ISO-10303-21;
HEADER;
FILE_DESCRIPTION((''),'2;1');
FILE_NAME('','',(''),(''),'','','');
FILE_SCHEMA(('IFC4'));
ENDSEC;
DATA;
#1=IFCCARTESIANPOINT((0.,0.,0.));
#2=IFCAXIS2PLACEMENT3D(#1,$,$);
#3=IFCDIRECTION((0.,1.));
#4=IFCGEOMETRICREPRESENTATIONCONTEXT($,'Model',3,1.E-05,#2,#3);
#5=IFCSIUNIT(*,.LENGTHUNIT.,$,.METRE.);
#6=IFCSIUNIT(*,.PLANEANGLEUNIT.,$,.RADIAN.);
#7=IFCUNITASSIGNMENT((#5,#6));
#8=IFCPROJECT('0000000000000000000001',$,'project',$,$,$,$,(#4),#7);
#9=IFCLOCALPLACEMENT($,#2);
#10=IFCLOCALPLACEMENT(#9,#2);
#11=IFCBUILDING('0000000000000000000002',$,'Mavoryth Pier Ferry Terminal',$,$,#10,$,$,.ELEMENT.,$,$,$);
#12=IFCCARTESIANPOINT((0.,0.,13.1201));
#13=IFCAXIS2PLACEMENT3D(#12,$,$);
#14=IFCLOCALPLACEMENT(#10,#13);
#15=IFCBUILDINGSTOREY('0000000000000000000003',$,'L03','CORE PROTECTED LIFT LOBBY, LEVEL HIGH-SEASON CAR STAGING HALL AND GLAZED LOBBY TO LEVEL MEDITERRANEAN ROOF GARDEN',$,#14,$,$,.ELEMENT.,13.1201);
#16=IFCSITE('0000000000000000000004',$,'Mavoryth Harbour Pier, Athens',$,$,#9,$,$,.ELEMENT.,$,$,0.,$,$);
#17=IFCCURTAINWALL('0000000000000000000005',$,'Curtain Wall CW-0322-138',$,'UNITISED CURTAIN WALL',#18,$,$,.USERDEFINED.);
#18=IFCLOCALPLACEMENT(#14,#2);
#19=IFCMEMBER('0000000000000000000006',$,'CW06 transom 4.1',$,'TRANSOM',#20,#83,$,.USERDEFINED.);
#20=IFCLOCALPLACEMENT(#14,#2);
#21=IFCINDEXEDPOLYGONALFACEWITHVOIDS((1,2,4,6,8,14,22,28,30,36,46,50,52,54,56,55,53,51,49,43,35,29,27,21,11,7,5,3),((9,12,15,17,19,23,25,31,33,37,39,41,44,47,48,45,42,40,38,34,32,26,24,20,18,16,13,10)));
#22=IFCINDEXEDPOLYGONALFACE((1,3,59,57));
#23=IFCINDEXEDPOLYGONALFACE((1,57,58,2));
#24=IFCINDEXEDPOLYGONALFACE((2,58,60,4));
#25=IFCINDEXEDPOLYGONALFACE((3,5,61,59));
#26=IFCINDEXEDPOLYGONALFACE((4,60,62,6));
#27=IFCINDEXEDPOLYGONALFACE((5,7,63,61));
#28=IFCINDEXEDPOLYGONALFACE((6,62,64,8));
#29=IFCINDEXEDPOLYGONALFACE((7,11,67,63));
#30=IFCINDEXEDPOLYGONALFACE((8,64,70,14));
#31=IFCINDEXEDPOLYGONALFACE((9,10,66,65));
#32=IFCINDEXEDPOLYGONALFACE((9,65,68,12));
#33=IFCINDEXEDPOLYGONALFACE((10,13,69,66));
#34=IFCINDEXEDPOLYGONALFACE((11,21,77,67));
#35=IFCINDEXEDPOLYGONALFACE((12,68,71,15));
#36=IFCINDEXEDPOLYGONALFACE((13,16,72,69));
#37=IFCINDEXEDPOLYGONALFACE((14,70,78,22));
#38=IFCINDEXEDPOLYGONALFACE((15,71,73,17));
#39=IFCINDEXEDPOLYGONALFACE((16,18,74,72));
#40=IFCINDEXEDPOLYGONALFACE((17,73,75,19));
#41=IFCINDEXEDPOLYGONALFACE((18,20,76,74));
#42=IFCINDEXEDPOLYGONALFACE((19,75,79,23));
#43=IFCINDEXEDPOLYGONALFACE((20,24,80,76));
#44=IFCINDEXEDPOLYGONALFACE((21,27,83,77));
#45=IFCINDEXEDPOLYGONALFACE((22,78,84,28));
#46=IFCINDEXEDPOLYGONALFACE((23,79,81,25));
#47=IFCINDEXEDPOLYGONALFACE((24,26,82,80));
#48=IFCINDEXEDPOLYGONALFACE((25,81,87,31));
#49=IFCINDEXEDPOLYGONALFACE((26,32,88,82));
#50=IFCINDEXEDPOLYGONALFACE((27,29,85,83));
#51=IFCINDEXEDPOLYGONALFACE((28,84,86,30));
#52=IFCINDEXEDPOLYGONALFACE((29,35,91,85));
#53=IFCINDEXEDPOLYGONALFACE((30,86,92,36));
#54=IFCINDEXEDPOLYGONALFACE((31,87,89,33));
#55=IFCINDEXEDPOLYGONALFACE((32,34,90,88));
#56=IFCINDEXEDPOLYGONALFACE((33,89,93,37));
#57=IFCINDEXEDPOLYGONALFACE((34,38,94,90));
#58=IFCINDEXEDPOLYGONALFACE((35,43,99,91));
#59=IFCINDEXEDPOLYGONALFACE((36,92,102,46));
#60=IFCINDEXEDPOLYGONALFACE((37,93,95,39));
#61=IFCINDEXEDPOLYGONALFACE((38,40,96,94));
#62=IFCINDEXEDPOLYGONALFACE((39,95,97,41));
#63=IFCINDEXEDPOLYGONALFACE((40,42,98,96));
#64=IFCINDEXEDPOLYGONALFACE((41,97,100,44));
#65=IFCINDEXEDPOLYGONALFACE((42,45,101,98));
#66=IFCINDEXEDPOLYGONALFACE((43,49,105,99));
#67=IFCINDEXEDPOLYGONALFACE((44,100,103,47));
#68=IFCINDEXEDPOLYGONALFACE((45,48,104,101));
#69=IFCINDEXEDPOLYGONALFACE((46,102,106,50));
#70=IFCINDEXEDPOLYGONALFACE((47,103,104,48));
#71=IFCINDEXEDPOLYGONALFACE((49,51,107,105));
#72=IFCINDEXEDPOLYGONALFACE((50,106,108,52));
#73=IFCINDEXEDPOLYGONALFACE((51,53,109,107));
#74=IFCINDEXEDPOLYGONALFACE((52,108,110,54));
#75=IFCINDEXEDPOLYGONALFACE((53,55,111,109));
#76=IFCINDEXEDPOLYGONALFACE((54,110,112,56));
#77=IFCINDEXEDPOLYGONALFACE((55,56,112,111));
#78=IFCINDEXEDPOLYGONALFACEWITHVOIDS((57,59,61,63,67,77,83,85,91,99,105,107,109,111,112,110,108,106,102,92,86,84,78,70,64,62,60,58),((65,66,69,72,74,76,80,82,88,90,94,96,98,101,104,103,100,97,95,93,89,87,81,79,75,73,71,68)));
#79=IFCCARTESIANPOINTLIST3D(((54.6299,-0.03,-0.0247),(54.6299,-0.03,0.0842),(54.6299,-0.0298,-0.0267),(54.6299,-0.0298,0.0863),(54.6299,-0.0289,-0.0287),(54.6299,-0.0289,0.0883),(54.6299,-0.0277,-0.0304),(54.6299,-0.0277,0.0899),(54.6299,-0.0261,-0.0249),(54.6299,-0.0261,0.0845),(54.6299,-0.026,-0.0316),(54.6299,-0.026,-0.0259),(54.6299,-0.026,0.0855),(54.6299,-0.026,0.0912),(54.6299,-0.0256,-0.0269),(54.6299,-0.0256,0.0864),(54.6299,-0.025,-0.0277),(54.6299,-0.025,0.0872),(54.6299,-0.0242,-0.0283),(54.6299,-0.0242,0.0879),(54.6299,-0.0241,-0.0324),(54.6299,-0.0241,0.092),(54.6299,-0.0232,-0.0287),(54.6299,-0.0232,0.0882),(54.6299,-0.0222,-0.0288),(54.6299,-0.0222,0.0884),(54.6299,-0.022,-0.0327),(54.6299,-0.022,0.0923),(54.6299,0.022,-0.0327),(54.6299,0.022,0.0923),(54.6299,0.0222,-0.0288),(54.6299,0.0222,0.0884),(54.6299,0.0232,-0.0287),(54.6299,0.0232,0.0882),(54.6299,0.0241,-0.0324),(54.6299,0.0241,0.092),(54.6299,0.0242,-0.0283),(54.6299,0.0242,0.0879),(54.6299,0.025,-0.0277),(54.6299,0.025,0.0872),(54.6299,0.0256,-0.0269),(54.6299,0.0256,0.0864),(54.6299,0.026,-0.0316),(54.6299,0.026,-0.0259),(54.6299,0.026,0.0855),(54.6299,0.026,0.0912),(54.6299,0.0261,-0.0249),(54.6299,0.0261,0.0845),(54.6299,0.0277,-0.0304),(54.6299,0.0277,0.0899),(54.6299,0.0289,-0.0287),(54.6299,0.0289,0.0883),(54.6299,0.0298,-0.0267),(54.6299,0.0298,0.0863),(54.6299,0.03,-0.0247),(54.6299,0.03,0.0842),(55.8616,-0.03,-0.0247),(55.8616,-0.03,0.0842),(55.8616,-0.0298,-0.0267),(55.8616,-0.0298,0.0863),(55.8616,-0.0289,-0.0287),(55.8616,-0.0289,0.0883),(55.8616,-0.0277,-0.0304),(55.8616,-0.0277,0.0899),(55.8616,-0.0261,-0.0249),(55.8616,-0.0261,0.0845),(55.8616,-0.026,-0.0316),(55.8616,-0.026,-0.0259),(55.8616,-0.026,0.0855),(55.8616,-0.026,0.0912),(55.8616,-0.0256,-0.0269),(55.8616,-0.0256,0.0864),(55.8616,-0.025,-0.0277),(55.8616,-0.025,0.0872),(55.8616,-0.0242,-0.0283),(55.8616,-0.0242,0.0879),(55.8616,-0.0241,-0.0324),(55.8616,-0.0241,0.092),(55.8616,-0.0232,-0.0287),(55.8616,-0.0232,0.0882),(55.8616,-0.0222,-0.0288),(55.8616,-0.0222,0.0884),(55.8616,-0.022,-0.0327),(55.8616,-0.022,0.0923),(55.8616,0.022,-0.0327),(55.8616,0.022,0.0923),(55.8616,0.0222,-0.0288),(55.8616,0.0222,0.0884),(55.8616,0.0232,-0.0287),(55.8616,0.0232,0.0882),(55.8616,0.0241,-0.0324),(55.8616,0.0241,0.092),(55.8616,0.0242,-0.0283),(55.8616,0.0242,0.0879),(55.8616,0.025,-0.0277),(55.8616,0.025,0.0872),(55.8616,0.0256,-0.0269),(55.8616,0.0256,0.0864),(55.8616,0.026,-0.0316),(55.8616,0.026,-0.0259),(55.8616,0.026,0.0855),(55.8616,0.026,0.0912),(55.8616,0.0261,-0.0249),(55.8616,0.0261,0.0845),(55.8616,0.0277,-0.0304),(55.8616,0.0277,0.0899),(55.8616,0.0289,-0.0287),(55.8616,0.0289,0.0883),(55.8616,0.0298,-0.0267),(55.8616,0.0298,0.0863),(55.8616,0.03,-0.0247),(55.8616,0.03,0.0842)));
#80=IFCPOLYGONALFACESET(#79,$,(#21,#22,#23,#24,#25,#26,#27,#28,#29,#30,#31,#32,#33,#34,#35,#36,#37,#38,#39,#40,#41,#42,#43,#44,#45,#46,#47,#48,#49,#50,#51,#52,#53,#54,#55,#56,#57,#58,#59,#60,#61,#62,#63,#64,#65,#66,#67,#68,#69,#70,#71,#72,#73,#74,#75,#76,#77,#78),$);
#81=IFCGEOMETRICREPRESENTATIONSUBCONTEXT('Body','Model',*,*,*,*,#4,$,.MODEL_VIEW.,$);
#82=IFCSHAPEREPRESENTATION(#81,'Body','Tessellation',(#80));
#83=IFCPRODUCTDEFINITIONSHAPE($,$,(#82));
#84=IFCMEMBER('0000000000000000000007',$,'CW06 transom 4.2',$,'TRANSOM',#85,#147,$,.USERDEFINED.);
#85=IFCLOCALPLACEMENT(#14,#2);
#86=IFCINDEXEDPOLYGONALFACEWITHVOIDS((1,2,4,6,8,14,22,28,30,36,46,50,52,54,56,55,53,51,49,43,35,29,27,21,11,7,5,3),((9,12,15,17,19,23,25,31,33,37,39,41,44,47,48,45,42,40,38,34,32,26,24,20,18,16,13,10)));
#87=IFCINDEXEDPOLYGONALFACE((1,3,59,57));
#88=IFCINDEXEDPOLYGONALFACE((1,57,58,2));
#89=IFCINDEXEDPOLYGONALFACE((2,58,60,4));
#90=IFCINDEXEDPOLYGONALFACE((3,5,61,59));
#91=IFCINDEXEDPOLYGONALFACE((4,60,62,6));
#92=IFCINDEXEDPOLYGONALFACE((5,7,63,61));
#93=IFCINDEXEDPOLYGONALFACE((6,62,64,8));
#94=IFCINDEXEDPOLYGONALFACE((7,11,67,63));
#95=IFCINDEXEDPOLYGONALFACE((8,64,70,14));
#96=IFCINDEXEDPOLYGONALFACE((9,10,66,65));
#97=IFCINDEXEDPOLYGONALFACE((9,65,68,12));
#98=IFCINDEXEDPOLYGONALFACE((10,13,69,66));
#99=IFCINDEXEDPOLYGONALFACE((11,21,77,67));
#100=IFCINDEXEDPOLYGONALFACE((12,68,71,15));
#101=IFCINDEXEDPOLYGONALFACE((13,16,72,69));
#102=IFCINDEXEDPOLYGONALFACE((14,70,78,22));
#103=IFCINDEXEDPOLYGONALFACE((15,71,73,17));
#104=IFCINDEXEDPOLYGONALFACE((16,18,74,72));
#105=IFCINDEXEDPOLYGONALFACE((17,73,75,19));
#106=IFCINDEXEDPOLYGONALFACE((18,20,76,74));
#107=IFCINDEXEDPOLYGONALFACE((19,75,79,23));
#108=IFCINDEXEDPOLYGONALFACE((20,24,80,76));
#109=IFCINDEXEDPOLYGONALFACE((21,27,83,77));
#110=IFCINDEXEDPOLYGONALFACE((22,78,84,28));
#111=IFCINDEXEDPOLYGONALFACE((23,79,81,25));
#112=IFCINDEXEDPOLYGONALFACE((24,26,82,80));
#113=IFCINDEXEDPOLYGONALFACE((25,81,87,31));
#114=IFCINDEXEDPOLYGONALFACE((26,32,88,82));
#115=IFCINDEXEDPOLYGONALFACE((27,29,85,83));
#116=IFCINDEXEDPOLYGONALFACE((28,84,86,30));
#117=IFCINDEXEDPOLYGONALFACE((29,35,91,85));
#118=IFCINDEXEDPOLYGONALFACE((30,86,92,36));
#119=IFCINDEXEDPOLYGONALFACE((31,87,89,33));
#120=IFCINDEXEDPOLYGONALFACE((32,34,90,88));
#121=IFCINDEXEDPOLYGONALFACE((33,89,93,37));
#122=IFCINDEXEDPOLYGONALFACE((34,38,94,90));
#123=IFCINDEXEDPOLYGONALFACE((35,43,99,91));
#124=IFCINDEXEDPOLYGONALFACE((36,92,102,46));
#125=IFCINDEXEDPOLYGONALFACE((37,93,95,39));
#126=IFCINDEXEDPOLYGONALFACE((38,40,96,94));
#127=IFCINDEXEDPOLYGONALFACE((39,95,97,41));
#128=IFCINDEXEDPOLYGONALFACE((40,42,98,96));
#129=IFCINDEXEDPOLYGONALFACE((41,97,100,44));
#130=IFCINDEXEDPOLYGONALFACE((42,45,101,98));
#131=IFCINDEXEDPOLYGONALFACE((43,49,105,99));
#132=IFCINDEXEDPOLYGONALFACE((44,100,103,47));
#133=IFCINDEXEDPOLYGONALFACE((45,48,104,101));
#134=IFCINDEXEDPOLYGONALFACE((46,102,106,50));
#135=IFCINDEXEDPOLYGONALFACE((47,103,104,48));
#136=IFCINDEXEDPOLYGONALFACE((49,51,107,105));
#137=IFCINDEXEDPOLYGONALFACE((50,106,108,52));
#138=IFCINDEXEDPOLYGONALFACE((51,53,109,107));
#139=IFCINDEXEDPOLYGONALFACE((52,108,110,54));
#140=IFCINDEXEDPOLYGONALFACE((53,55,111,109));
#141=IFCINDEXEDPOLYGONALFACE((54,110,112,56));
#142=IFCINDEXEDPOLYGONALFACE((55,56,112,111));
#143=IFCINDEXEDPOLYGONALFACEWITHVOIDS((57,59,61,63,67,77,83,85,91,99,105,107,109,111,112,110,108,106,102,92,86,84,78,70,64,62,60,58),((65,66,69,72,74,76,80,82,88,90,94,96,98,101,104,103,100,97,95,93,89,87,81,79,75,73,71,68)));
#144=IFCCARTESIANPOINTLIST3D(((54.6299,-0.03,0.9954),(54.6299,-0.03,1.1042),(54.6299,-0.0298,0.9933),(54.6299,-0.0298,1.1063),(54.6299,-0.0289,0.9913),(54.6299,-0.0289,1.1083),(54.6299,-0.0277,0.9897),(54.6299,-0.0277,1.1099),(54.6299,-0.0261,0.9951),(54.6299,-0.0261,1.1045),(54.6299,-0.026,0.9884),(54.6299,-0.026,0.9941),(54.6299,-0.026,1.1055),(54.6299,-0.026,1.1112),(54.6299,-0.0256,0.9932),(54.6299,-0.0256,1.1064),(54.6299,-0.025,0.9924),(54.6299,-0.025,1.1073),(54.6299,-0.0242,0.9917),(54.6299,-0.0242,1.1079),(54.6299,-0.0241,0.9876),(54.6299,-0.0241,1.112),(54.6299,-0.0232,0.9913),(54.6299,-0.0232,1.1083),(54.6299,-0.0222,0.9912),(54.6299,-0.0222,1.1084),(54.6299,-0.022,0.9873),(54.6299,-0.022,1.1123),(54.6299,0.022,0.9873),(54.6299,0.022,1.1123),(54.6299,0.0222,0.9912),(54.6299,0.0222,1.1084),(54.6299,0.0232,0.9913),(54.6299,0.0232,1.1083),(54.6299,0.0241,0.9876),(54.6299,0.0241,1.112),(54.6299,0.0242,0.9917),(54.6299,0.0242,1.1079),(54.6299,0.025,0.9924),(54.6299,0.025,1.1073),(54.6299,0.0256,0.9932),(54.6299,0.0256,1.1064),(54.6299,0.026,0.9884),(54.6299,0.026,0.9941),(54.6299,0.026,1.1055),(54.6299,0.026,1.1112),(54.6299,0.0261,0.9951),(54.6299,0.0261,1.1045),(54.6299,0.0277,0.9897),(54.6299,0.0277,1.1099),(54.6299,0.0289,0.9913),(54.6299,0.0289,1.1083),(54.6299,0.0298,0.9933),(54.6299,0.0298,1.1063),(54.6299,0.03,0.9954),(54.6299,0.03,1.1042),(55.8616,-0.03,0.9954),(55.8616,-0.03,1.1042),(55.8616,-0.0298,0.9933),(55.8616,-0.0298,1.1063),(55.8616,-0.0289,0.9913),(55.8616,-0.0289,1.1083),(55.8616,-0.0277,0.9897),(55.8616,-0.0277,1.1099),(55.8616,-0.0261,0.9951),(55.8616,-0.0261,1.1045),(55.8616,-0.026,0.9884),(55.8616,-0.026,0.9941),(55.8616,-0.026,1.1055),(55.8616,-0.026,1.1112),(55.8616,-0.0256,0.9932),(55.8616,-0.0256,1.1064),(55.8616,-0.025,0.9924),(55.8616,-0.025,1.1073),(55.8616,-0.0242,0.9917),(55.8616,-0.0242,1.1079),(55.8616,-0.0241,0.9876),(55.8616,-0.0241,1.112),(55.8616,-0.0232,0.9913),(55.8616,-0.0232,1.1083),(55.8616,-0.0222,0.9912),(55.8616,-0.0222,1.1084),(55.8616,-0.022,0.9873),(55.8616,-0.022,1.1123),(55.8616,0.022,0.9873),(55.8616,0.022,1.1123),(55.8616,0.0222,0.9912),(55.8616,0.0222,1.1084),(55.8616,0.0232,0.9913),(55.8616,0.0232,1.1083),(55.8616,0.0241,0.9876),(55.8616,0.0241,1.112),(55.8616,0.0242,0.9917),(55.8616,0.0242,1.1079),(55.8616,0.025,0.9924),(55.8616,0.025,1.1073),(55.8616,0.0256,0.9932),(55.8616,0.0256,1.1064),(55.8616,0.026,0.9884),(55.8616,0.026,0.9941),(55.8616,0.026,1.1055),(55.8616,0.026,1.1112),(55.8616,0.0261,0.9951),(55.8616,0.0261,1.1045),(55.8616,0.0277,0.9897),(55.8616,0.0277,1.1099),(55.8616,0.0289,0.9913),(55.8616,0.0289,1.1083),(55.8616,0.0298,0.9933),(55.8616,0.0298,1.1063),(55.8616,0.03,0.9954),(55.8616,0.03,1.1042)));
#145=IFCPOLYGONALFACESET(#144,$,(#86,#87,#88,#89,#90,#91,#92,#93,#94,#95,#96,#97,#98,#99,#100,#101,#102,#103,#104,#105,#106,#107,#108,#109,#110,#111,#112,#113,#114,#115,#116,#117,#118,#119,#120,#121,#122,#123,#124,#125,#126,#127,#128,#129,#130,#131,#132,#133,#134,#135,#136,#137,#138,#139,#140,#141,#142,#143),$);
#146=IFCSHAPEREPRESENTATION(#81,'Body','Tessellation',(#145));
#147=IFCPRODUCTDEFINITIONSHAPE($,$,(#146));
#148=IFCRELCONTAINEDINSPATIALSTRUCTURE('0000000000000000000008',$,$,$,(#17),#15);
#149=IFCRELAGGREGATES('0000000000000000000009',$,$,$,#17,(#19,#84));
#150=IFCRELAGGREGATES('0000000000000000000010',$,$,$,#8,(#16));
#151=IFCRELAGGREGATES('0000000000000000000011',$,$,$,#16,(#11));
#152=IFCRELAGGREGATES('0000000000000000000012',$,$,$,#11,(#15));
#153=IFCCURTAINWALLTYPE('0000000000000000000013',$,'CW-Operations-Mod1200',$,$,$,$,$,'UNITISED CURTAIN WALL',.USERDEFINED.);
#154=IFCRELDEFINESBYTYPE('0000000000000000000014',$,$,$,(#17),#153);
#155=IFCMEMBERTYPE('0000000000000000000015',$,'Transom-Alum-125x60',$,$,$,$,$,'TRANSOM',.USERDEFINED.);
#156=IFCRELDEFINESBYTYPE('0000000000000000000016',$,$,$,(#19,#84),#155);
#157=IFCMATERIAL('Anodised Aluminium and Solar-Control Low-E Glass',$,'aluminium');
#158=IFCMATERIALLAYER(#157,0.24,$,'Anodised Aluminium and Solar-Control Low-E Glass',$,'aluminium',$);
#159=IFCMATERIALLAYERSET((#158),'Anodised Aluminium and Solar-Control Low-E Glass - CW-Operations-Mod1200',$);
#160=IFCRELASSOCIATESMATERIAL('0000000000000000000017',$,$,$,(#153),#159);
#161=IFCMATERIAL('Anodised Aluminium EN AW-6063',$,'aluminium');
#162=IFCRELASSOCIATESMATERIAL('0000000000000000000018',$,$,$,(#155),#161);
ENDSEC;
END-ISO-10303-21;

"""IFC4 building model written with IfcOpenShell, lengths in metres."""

from ifc_helpers import new_model, si_unit, direction, frame, origin, origin_2d, place, context, subcontext, project, spatial, hollow_rectangle, extrude, material, layer, layer_set, material_profile, profile_set, type_object, element, aggregate, save


model = new_model("IFC4")

# Units and contexts
model_context = context("Model", 3, precision=1e-05, world=origin(), true_north=direction((0.0, 1.0)))
body_context = subcontext(model_context, "Body", "Model", "MODEL_VIEW")
ifc_project = project(units=[si_unit("LENGTHUNIT", "METRE"), si_unit("PLANEANGLEUNIT", "RADIAN")], contexts=[model_context])

# Site, building, storey
site_placement = place(None, origin())
site = spatial("IfcSite", under=ifc_project, at=site_placement, Name="Mavoryth Harbour Pier, Athens", CompositionType="ELEMENT", RefElevation=0.0)
building_placement = place(site_placement, origin())
building = spatial("IfcBuilding", under=site, at=building_placement, Name="Mavoryth Pier Ferry Terminal", CompositionType="ELEMENT")
storey_placement = place(building_placement, frame((0.0, 0.0, 13.1201)))
storey = spatial("IfcBuildingStorey", under=building, at=storey_placement, Name="L03", Description="CORE PROTECTED LIFT LOBBY, LEVEL HIGH-SEASON CAR STAGING HALL AND GLAZED LOBBY TO LEVEL MEDITERRANEAN ROOF GARDEN", CompositionType="ELEMENT", Elevation=13.1201)

# Curtain wall, members
ifc_material_1 = material(Name="Anodised Aluminium and Solar-Control Low-E Glass", Category="aluminium")
ifc_layer_1 = layer(ifc_material_1, 0.24, Name="Anodised Aluminium and Solar-Control Low-E Glass", Category="aluminium")
ifc_layer_set_1 = layer_set([ifc_layer_1], Name="Anodised Aluminium and Solar-Control Low-E Glass - CW-Operations-Mod1200")
curtain_wall_type = type_object("IfcCurtainWallType", Name="CW-Operations-Mod1200", ElementType="UNITISED CURTAIN WALL", PredefinedType="USERDEFINED", material=ifc_layer_set_1)
curtain_wall_placement = place(storey_placement, origin())
curtain_wall = element("IfcCurtainWall", 1, at=curtain_wall_placement, inside=storey, type_object=curtain_wall_type, Name="Curtain Wall CW-0322-138", ObjectType="UNITISED CURTAIN WALL", PredefinedType="USERDEFINED")
ifc_material_2 = material(Name="Anodised Aluminium EN AW-6063", Category="aluminium")
ifc_material_profile_1 = material_profile(ifc_material_2, hollow_rectangle(XDim=0.0601, YDim=0.125, WallThickness=0.0039, InnerFilletRadius=0.0039, OuterFilletRadius=0.0081, at=origin_2d()), Name="AL-TRAN 125x60x4", Category="aluminium")
ifc_profile_set_1 = profile_set([ifc_material_profile_1], Name="Anodised Aluminium EN AW-6063 - AL-TRAN 125x60x4")
member_type_1 = type_object("IfcMemberType", Name="Transom-Alum-125x60", ElementType="TRANSOM", PredefinedType="USERDEFINED", material=ifc_profile_set_1)
member_1_placement = place(storey_placement, frame((54.6299, 0.0, 0.0298), z_axis=(1.0, 0.0, 0.0), x_axis=(0.0, 1.0, 0.0)))
member_1 = element("IfcMember", 2, at=member_1_placement, type_object=member_type_1, Name="CW06 transom 4.1", ObjectType="TRANSOM", PredefinedType="USERDEFINED", context=body_context, shape_type="SweptSolid", body=[
    extrude(hollow_rectangle(XDim=0.0601, YDim=0.125, WallThickness=0.0039, InnerFilletRadius=0.0039, OuterFilletRadius=0.0081, at=origin_2d()), origin(), (0.0, 0.0, 1.0), 1.2317),
])
member_2_placement = place(storey_placement, frame((54.6299, 0.0, 1.0498), z_axis=(1.0, 0.0, 0.0), x_axis=(0.0, 1.0, 0.0)))
member_2 = element("IfcMember", 3, at=member_2_placement, type_object=member_type_1, Name="CW06 transom 4.2", ObjectType="TRANSOM", PredefinedType="USERDEFINED", context=body_context, shape_type="SweptSolid", body=[
    extrude(hollow_rectangle(XDim=0.0601, YDim=0.125, WallThickness=0.0039, InnerFilletRadius=0.0039, OuterFilletRadius=0.0081, at=origin_2d()), origin(), (0.0, 0.0, 1.0), 1.2317),
])
aggregate(curtain_wall, [member_1, member_2])

save(model, "model.ifc")
